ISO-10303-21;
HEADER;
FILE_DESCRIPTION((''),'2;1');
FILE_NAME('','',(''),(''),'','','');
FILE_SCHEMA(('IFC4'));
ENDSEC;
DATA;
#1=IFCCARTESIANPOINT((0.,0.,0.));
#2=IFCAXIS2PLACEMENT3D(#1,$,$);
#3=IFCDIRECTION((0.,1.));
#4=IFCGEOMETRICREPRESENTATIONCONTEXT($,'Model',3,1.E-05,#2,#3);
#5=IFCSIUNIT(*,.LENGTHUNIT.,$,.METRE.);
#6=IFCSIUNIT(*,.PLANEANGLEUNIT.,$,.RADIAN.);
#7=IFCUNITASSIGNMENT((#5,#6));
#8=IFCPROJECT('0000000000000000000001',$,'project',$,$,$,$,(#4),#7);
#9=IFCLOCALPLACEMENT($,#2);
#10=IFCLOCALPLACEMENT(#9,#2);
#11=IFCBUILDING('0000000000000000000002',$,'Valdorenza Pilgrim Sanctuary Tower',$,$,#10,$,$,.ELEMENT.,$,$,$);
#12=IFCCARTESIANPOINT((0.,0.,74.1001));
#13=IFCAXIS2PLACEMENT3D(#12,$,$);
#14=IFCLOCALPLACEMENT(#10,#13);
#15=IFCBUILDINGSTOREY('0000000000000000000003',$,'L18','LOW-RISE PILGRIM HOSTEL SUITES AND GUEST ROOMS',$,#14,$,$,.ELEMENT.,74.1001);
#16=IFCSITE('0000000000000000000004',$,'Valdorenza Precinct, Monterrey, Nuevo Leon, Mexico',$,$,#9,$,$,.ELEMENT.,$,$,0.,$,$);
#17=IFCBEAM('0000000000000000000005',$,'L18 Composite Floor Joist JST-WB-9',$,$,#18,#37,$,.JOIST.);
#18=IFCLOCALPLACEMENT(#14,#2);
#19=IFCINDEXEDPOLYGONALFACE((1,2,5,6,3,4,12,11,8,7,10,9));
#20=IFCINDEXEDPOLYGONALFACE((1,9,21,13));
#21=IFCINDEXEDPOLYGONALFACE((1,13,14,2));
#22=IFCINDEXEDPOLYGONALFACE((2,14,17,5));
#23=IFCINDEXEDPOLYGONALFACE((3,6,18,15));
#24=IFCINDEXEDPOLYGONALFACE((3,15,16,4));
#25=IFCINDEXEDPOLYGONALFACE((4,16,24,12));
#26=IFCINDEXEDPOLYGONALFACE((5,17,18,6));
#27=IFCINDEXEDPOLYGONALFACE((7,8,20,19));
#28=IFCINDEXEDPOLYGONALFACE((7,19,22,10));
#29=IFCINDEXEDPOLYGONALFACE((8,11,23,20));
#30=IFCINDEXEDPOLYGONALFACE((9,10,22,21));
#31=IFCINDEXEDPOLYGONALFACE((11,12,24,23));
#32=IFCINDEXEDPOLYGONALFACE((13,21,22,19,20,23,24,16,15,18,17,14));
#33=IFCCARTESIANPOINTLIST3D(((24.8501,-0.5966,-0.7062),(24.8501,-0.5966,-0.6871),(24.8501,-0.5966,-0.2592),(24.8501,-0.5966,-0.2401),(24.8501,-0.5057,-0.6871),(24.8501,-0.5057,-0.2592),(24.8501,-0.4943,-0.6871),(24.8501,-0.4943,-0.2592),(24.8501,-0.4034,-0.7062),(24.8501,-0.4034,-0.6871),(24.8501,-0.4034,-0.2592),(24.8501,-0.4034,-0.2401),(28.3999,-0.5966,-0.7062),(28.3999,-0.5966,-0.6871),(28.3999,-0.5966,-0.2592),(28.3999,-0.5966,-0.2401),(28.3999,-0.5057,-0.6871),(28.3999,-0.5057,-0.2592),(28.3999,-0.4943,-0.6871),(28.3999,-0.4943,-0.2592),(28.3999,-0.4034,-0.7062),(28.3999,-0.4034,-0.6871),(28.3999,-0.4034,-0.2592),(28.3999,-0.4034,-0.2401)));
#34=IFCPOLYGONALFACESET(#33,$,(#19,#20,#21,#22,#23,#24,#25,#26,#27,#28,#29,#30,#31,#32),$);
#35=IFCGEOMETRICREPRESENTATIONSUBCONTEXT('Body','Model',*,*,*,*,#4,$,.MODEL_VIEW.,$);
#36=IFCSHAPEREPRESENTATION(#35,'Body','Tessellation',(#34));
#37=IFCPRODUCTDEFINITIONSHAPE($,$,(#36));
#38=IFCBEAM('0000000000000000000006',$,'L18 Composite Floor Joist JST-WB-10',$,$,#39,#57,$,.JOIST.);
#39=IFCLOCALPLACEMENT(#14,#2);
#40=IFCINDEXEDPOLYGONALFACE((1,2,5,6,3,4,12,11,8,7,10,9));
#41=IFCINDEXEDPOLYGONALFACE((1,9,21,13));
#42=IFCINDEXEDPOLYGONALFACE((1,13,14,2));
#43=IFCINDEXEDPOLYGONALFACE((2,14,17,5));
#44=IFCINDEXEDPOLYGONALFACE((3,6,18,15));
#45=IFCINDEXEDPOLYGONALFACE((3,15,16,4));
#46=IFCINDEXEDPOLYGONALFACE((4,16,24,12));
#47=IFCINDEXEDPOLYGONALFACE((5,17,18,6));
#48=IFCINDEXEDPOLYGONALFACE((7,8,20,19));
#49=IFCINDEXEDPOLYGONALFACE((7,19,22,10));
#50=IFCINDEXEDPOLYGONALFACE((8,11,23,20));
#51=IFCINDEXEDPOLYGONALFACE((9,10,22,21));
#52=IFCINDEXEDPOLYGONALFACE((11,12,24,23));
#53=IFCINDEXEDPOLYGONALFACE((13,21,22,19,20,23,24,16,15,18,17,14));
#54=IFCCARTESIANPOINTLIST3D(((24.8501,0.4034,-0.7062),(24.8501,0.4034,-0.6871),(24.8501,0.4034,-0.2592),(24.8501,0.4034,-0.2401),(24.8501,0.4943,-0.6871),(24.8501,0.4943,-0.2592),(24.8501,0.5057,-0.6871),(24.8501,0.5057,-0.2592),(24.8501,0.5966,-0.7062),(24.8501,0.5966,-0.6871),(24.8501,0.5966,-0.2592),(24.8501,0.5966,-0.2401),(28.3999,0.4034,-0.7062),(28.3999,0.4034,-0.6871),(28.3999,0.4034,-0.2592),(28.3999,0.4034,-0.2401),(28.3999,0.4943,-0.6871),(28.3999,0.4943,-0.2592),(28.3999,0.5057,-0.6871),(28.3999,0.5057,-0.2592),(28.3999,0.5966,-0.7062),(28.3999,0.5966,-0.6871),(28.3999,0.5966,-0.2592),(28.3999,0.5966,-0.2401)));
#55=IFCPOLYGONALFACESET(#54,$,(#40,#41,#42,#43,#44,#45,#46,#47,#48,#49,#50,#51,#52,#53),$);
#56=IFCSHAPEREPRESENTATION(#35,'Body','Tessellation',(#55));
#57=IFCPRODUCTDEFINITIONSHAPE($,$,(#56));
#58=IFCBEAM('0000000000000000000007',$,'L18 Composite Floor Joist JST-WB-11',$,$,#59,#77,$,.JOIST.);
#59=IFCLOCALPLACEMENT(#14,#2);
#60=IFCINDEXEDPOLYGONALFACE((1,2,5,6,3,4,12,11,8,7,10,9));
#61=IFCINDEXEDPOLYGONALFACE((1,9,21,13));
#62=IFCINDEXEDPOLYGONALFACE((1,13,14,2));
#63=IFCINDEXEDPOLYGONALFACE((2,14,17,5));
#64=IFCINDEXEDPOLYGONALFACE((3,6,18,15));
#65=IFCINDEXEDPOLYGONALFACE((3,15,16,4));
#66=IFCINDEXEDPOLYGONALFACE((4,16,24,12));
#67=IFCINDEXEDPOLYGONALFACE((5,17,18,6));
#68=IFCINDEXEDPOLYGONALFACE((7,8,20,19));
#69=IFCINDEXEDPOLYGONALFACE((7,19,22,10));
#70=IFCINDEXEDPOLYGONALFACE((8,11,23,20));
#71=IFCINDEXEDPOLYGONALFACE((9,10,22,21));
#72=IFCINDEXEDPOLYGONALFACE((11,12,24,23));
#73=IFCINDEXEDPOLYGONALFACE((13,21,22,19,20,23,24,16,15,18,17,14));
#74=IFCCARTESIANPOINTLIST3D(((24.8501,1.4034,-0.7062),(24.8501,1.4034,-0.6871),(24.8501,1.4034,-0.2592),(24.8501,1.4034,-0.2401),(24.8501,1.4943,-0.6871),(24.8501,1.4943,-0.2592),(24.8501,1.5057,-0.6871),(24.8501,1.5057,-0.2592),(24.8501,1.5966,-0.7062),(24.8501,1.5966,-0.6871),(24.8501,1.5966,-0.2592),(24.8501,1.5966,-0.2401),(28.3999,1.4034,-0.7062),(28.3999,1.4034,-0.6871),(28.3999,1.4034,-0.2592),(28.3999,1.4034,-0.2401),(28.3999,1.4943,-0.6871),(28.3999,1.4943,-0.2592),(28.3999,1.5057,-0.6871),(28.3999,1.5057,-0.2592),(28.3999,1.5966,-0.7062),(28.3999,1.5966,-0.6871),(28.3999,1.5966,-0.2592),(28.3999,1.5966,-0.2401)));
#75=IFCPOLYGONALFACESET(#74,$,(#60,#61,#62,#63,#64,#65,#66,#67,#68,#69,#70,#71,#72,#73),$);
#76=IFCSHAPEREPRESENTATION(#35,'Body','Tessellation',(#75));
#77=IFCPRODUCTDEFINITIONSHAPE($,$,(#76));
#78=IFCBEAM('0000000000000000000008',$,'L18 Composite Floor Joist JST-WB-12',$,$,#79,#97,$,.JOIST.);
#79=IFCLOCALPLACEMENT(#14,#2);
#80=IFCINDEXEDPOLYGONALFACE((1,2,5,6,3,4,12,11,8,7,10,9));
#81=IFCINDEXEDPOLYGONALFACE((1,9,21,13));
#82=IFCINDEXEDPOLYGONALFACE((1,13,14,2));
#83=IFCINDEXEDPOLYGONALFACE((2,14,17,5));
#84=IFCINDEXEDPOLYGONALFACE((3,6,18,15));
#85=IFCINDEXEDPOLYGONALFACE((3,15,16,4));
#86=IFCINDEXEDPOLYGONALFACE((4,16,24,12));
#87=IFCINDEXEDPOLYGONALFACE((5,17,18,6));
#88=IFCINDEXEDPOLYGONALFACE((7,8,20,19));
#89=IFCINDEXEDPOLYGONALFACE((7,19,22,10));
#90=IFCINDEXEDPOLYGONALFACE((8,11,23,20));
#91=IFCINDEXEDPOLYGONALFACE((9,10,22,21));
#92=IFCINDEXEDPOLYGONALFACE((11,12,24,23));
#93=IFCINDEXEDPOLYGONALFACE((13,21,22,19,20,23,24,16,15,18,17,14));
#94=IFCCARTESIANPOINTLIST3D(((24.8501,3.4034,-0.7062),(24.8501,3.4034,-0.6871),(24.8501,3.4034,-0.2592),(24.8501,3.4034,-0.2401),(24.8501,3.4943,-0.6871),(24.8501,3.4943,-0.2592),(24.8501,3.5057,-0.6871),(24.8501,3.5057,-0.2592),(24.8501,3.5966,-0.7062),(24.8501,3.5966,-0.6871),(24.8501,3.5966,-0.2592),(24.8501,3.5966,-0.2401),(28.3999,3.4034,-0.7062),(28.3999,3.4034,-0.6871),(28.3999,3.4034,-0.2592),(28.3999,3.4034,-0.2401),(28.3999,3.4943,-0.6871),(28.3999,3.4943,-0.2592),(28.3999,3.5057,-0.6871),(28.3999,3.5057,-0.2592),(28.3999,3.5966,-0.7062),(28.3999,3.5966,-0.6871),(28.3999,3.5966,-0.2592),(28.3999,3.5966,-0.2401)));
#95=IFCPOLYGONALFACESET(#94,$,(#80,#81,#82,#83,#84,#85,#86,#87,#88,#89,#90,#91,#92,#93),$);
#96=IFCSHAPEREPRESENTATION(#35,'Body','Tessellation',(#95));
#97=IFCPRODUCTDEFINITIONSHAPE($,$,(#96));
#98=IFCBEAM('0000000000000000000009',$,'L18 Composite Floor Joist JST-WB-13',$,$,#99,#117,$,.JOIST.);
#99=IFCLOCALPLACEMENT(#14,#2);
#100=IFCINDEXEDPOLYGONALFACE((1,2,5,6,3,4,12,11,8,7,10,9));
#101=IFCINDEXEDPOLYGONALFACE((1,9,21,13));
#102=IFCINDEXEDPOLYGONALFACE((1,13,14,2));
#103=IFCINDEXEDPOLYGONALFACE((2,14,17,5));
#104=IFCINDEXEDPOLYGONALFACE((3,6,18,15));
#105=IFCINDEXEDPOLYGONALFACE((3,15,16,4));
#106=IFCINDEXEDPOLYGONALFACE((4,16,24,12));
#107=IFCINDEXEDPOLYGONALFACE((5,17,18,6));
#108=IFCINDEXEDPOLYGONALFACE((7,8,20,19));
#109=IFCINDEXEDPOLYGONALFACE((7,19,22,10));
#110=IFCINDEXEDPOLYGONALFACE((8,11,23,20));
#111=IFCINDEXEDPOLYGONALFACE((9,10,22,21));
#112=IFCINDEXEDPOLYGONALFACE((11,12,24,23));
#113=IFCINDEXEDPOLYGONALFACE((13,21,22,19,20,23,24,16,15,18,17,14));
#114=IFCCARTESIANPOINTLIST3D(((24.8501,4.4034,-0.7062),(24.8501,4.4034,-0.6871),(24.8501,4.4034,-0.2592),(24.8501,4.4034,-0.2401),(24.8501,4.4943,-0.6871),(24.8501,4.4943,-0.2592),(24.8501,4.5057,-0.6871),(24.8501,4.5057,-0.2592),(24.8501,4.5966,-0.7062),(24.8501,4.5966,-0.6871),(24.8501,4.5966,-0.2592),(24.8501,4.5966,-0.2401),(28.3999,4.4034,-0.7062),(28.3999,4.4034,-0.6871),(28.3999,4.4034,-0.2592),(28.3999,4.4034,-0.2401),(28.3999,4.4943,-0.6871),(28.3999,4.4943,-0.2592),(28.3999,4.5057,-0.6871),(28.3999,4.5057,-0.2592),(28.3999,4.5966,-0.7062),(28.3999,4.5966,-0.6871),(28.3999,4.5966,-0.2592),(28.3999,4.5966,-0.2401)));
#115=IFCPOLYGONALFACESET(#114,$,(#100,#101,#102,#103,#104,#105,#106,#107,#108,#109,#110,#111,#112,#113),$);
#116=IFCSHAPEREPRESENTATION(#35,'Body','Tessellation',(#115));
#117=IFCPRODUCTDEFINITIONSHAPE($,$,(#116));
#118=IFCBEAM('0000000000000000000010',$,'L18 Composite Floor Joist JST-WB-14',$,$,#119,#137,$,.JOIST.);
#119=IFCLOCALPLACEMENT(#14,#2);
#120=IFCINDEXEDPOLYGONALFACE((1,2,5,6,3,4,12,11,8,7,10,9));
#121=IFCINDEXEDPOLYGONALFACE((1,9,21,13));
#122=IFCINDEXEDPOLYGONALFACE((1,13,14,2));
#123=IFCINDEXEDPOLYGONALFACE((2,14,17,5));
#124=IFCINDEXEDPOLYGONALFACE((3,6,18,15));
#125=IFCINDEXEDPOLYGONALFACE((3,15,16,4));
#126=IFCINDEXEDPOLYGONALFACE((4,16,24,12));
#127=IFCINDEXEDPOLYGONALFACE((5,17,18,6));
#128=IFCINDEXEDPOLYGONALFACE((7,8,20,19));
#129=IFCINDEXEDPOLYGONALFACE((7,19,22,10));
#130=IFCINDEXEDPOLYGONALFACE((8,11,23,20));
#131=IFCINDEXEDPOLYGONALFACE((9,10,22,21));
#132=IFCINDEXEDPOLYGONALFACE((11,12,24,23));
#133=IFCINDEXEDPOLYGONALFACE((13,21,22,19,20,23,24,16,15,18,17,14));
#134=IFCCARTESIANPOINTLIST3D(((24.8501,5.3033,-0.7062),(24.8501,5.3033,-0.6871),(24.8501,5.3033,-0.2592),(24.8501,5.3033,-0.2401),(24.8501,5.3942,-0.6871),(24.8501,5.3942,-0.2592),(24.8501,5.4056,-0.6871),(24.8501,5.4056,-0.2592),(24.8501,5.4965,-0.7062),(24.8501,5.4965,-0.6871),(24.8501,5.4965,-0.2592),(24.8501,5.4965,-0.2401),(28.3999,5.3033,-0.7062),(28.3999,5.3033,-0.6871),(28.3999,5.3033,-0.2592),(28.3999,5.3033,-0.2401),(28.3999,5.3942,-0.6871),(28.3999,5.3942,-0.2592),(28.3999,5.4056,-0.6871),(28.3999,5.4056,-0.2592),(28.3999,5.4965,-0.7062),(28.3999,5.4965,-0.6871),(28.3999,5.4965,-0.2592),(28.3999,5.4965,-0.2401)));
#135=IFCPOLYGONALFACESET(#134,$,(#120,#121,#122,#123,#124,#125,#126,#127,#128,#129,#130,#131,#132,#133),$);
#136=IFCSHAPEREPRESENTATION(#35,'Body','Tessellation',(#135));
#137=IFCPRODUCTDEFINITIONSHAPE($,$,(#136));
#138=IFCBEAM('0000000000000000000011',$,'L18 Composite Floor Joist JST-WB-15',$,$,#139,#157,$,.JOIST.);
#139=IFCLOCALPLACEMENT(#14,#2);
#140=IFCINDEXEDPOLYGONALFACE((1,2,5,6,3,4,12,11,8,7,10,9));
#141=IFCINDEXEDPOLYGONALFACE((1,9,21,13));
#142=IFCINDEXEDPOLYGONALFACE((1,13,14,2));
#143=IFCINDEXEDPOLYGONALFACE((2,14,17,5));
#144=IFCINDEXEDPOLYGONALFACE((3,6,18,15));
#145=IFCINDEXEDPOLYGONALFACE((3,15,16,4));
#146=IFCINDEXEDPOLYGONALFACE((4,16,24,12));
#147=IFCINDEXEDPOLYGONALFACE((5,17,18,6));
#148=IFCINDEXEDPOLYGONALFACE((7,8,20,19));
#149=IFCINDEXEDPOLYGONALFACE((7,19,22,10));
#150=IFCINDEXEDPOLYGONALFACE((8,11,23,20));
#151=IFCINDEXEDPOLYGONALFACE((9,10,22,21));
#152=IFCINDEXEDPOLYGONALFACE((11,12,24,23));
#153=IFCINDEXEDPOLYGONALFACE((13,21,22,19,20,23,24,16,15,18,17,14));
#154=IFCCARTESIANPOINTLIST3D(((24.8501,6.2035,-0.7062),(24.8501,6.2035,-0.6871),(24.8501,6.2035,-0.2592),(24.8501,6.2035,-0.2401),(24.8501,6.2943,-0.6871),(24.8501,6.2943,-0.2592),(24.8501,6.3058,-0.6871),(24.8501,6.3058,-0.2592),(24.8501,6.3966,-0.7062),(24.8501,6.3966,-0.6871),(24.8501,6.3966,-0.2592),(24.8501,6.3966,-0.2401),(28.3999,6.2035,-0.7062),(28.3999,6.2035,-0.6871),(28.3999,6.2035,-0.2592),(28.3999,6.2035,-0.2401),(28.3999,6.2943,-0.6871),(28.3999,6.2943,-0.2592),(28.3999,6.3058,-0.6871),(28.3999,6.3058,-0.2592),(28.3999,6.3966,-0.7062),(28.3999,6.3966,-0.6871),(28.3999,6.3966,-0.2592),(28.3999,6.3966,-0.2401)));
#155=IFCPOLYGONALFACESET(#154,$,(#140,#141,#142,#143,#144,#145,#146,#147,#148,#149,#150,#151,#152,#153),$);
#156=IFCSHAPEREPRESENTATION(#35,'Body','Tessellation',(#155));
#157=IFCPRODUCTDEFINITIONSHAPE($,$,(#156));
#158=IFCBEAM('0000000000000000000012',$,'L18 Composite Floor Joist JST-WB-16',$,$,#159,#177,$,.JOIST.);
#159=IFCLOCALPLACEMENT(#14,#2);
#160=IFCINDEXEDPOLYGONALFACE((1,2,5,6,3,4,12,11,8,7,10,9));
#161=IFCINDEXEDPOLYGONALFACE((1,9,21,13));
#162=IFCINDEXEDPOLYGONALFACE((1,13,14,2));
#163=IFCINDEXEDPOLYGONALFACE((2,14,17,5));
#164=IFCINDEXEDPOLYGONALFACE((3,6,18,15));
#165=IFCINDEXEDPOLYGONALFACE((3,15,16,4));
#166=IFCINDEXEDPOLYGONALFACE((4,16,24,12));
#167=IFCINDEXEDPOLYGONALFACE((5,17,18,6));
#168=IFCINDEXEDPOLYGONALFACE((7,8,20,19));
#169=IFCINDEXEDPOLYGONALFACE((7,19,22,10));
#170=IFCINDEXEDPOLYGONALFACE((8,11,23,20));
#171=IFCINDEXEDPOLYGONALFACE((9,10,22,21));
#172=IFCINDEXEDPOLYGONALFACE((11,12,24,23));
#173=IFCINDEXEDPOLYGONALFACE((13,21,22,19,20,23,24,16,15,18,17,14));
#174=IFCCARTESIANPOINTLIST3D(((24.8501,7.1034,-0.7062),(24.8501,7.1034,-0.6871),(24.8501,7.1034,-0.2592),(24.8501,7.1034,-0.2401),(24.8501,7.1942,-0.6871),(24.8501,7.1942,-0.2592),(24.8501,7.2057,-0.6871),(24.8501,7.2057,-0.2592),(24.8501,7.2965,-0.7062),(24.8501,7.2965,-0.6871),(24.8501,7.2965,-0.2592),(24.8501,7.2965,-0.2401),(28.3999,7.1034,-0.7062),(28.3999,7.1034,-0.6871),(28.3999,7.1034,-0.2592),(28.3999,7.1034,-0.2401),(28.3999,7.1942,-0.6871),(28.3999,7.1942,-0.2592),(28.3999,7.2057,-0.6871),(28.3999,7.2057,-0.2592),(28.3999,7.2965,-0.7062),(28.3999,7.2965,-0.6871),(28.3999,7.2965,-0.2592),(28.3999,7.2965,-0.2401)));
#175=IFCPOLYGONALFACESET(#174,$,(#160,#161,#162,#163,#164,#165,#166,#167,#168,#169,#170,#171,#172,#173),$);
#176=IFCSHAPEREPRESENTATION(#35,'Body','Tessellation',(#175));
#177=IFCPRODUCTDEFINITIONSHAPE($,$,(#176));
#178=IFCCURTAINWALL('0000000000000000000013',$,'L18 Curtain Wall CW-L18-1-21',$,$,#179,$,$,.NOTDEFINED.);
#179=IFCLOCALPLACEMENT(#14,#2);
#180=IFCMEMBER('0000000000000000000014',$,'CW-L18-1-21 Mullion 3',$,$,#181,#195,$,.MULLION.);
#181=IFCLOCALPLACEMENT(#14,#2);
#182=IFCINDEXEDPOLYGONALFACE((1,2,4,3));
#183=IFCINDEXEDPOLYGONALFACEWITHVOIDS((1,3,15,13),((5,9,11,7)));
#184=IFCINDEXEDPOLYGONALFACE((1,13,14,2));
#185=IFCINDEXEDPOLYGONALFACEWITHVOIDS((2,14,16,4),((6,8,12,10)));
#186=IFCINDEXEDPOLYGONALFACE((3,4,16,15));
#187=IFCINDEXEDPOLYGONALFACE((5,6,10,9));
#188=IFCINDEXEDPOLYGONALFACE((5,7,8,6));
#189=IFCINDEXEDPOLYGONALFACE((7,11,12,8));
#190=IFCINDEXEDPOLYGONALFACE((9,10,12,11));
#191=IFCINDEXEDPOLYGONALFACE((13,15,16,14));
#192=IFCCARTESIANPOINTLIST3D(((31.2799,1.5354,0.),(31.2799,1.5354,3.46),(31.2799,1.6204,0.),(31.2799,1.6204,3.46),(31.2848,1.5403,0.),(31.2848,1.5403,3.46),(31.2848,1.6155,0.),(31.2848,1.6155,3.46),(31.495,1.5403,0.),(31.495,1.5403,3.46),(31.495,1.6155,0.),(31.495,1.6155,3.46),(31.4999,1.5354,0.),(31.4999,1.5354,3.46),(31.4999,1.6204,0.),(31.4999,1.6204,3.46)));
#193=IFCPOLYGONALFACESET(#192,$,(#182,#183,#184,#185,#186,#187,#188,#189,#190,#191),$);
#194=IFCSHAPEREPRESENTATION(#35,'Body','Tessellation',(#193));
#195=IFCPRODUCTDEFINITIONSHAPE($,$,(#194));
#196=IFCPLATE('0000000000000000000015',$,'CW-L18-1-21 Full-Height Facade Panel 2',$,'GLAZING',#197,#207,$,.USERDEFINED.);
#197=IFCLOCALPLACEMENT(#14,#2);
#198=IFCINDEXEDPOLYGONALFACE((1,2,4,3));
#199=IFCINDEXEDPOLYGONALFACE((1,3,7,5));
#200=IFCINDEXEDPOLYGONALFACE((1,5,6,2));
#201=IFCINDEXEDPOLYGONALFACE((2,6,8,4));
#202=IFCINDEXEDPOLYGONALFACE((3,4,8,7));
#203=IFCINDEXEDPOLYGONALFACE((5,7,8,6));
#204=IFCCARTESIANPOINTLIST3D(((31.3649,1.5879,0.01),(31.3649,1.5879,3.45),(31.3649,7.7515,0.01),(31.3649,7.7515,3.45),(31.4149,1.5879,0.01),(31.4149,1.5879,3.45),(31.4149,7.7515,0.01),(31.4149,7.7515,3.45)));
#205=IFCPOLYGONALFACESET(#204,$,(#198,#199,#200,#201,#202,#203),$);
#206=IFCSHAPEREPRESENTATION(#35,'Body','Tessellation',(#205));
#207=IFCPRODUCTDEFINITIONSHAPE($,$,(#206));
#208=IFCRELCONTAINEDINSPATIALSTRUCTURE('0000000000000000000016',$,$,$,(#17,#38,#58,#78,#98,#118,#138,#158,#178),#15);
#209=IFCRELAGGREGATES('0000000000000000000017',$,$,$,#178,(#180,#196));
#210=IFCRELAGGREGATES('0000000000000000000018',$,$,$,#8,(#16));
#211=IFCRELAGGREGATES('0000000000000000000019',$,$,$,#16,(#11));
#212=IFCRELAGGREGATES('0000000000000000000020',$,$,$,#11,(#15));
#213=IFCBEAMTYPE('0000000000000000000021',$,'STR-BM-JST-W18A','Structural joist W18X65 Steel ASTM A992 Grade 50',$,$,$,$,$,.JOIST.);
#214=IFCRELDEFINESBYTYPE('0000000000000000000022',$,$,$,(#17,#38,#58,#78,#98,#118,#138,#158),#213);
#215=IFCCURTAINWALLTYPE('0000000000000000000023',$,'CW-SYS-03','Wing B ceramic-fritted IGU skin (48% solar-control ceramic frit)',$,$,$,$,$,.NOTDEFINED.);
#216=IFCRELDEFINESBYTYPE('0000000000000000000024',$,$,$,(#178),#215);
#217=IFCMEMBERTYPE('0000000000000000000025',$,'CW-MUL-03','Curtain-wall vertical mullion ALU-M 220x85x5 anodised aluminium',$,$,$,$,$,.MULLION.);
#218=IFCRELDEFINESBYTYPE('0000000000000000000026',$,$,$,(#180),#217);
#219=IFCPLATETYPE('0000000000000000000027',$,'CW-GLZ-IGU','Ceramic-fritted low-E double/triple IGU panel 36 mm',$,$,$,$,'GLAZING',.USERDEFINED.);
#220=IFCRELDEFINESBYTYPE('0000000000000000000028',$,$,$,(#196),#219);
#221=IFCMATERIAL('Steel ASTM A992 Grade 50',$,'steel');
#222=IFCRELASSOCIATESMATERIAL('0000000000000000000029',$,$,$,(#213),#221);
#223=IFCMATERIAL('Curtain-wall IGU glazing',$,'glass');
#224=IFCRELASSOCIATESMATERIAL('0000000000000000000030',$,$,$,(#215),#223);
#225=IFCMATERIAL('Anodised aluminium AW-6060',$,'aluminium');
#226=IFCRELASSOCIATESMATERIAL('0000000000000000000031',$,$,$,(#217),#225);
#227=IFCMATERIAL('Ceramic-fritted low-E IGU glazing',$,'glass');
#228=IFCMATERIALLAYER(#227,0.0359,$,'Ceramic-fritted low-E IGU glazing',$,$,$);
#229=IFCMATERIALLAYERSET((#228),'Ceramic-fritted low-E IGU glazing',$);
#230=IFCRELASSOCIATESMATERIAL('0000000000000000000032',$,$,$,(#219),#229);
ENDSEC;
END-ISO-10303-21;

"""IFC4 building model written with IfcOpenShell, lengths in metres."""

from ifc_helpers import new_model, si_unit, direction, frame, origin, origin_2d, place, context, subcontext, project, spatial, rectangle, hollow_rectangle, i_section, extrude, source, transform, mapped, material, layer, layer_set, material_profile, profile_set, type_object, element, aggregate, save


model = new_model("IFC4")

# Units and contexts
model_context = context("Model", 3, precision=1e-05, world=origin(), true_north=direction((0.0, 1.0)))
body_context = subcontext(model_context, "Body", "Model", "MODEL_VIEW")
ifc_project = project(units=[si_unit("LENGTHUNIT", "METRE"), si_unit("PLANEANGLEUNIT", "RADIAN")], contexts=[model_context])

# Site, building, storey
site_placement = place(None, origin())
site = spatial("IfcSite", under=ifc_project, at=site_placement, Name="Valdorenza Precinct, Monterrey, Nuevo Leon, Mexico", CompositionType="ELEMENT", RefElevation=0.0)
building_placement = place(site_placement, origin())
building = spatial("IfcBuilding", under=site, at=building_placement, Name="Valdorenza Pilgrim Sanctuary Tower", CompositionType="ELEMENT")
storey_placement = place(building_placement, frame((0.0, 0.0, 74.1001)))
storey = spatial("IfcBuildingStorey", under=building, at=storey_placement, Name="L18", Description="LOW-RISE PILGRIM HOSTEL SUITES AND GUEST ROOMS", CompositionType="ELEMENT", Elevation=74.1001)

# Beams
ifc_material_1 = material(Name="Steel ASTM A992 Grade 50", Category="steel")
ifc_material_profile_1 = material_profile(ifc_material_1, i_section(OverallWidth=0.1931, OverallDepth=0.4661, WebThickness=0.0115, FlangeThickness=0.019, at=origin_2d()), Name="W18X65")
ifc_profile_set_1 = profile_set([ifc_material_profile_1], Name="Steel ASTM A992 Grade 50")
beam_type = type_object("IfcBeamType", Name="STR-BM-JST-W18A", Description="Structural joist W18X65 Steel ASTM A992 Grade 50", PredefinedType="JOIST", material=ifc_profile_set_1)
shared_shape_1 = source(origin(), body_context, "Body", "SweptSolid", [
    extrude(i_section(OverallWidth=0.1931, OverallDepth=0.4661, WebThickness=0.0115, FlangeThickness=0.019, at=origin_2d()), origin(), (0.0, 0.0, 1.0), 3.5498),
])
for number, where, z_axis, x_axis, name in (
    (1, (24.8501, -0.5, -0.4731), (1.0, 0.0, 0.0), (0.0, 1.0, 0.0), "L18 Composite Floor Joist JST-WB-9"),
    (2, (24.8501, 0.5, -0.4731), (1.0, 0.0, 0.0), (0.0, 1.0, 0.0), "L18 Composite Floor Joist JST-WB-10"),
    (3, (24.8501, 1.5, -0.4731), (1.0, 0.0, 0.0), (0.0, 1.0, 0.0), "L18 Composite Floor Joist JST-WB-11"),
    (4, (24.8501, 3.5, -0.4731), (1.0, 0.0, 0.0), (0.0, 1.0, 0.0), "L18 Composite Floor Joist JST-WB-12"),
    (5, (24.8501, 4.5, -0.4731), (1.0, 0.0, 0.0), (0.0, 1.0, 0.0), "L18 Composite Floor Joist JST-WB-13"),
    (6, (24.8501, 5.3999, -0.4731), (1.0, 0.0, 0.0), (0.0, 1.0, 0.0), "L18 Composite Floor Joist JST-WB-14"),
    (7, (24.8501, 6.3, -0.4731), (1.0, 0.0, 0.0), (0.0, 1.0, 0.0), "L18 Composite Floor Joist JST-WB-15"),
    (8, (24.8501, 7.2, -0.4731), (1.0, 0.0, 0.0), (0.0, 1.0, 0.0), "L18 Composite Floor Joist JST-WB-16"),
):
    element("IfcBeam", number, at=place(storey_placement, frame(where, z_axis=z_axis, x_axis=x_axis)), inside=storey, type_object=beam_type, Name=name, PredefinedType="JOIST", context=body_context, shape_type="MappedRepresentation", body=[
        mapped(shared_shape_1, transform((0.0, 0.0, 0.0), x_axis=(1.0, 0.0, 0.0), y_axis=(0.0, 1.0, 0.0), z_axis=(0.0, 0.0, 1.0), scale=1.0)),
    ])

# Curtain wall, member, plate
ifc_material_2 = material(Name="Curtain-wall IGU glazing", Category="glass")
curtain_wall_type = type_object("IfcCurtainWallType", Name="CW-SYS-03", Description="Wing B ceramic-fritted IGU skin (48% solar-control ceramic frit)", PredefinedType="NOTDEFINED", material=ifc_material_2)
curtain_wall_placement = place(storey_placement, origin())
curtain_wall = element("IfcCurtainWall", 9, at=curtain_wall_placement, inside=storey, type_object=curtain_wall_type, Name="L18 Curtain Wall CW-L18-1-21", PredefinedType="NOTDEFINED")
ifc_material_3 = material(Name="Anodised aluminium AW-6060", Category="aluminium")
ifc_material_profile_2 = material_profile(ifc_material_3, hollow_rectangle(XDim=0.085, YDim=0.22, WallThickness=0.0049, at=origin_2d()), Name="ALU-M 220x85x5")
ifc_profile_set_2 = profile_set([ifc_material_profile_2], Name="Anodised aluminium AW-6060")
member_type = type_object("IfcMemberType", Name="CW-MUL-03", Description="Curtain-wall vertical mullion ALU-M 220x85x5 anodised aluminium", PredefinedType="MULLION", material=ifc_profile_set_2)
shared_shape_2 = source(origin(), body_context, "Body", "SweptSolid", [
    extrude(hollow_rectangle(XDim=0.085, YDim=0.22, WallThickness=0.0049, at=origin_2d()), origin(), (0.0, 0.0, 1.0), 3.46),
])
member_placement = place(storey_placement, frame((31.3899, 1.5779, 0.0), z_axis=(0.0, 0.0, 1.0), x_axis=(0.0, -1.0, 0.0)))
member = element("IfcMember", 10, at=member_placement, type_object=member_type, Name="CW-L18-1-21 Mullion 3", PredefinedType="MULLION", context=body_context, shape_type="MappedRepresentation", body=[
    mapped(shared_shape_2, transform((0.0, 0.0, 0.0), x_axis=(1.0, 0.0, 0.0), y_axis=(0.0, 1.0, 0.0), z_axis=(0.0, 0.0, 1.0), scale=1.0)),
])
ifc_material_4 = material(Name="Ceramic-fritted low-E IGU glazing", Category="glass")
ifc_layer_1 = layer(ifc_material_4, 0.0359, Name="Ceramic-fritted low-E IGU glazing")
ifc_layer_set_1 = layer_set([ifc_layer_1], Name="Ceramic-fritted low-E IGU glazing")
plate_type = type_object("IfcPlateType", Name="CW-GLZ-IGU", Description="Ceramic-fritted low-E double/triple IGU panel 36 mm", ElementType="GLAZING", PredefinedType="USERDEFINED", material=ifc_layer_set_1)
shared_shape_3 = source(origin(), body_context, "Body", "SweptSolid", [
    extrude(rectangle(XDim=6.1636, YDim=0.05, at=origin_2d()), origin(), (0.0, 0.0, 1.0), 3.4399),
])
plate_placement = place(storey_placement, frame((31.3899, 4.6697, 0.01), z_axis=(0.0, 0.0, 1.0), x_axis=(0.0, -1.0, 0.0)))
plate = element("IfcPlate", 11, at=plate_placement, type_object=plate_type, Name="CW-L18-1-21 Full-Height Facade Panel 2", ObjectType="GLAZING", PredefinedType="USERDEFINED", context=body_context, shape_type="MappedRepresentation", body=[
    mapped(shared_shape_3, transform((0.0, 0.0, 0.0), x_axis=(1.0, 0.0, 0.0), y_axis=(0.0, 1.0, 0.0), z_axis=(0.0, 0.0, 1.0), scale=1.0)),
])
aggregate(curtain_wall, [member, plate])

save(model, "model.ifc")
